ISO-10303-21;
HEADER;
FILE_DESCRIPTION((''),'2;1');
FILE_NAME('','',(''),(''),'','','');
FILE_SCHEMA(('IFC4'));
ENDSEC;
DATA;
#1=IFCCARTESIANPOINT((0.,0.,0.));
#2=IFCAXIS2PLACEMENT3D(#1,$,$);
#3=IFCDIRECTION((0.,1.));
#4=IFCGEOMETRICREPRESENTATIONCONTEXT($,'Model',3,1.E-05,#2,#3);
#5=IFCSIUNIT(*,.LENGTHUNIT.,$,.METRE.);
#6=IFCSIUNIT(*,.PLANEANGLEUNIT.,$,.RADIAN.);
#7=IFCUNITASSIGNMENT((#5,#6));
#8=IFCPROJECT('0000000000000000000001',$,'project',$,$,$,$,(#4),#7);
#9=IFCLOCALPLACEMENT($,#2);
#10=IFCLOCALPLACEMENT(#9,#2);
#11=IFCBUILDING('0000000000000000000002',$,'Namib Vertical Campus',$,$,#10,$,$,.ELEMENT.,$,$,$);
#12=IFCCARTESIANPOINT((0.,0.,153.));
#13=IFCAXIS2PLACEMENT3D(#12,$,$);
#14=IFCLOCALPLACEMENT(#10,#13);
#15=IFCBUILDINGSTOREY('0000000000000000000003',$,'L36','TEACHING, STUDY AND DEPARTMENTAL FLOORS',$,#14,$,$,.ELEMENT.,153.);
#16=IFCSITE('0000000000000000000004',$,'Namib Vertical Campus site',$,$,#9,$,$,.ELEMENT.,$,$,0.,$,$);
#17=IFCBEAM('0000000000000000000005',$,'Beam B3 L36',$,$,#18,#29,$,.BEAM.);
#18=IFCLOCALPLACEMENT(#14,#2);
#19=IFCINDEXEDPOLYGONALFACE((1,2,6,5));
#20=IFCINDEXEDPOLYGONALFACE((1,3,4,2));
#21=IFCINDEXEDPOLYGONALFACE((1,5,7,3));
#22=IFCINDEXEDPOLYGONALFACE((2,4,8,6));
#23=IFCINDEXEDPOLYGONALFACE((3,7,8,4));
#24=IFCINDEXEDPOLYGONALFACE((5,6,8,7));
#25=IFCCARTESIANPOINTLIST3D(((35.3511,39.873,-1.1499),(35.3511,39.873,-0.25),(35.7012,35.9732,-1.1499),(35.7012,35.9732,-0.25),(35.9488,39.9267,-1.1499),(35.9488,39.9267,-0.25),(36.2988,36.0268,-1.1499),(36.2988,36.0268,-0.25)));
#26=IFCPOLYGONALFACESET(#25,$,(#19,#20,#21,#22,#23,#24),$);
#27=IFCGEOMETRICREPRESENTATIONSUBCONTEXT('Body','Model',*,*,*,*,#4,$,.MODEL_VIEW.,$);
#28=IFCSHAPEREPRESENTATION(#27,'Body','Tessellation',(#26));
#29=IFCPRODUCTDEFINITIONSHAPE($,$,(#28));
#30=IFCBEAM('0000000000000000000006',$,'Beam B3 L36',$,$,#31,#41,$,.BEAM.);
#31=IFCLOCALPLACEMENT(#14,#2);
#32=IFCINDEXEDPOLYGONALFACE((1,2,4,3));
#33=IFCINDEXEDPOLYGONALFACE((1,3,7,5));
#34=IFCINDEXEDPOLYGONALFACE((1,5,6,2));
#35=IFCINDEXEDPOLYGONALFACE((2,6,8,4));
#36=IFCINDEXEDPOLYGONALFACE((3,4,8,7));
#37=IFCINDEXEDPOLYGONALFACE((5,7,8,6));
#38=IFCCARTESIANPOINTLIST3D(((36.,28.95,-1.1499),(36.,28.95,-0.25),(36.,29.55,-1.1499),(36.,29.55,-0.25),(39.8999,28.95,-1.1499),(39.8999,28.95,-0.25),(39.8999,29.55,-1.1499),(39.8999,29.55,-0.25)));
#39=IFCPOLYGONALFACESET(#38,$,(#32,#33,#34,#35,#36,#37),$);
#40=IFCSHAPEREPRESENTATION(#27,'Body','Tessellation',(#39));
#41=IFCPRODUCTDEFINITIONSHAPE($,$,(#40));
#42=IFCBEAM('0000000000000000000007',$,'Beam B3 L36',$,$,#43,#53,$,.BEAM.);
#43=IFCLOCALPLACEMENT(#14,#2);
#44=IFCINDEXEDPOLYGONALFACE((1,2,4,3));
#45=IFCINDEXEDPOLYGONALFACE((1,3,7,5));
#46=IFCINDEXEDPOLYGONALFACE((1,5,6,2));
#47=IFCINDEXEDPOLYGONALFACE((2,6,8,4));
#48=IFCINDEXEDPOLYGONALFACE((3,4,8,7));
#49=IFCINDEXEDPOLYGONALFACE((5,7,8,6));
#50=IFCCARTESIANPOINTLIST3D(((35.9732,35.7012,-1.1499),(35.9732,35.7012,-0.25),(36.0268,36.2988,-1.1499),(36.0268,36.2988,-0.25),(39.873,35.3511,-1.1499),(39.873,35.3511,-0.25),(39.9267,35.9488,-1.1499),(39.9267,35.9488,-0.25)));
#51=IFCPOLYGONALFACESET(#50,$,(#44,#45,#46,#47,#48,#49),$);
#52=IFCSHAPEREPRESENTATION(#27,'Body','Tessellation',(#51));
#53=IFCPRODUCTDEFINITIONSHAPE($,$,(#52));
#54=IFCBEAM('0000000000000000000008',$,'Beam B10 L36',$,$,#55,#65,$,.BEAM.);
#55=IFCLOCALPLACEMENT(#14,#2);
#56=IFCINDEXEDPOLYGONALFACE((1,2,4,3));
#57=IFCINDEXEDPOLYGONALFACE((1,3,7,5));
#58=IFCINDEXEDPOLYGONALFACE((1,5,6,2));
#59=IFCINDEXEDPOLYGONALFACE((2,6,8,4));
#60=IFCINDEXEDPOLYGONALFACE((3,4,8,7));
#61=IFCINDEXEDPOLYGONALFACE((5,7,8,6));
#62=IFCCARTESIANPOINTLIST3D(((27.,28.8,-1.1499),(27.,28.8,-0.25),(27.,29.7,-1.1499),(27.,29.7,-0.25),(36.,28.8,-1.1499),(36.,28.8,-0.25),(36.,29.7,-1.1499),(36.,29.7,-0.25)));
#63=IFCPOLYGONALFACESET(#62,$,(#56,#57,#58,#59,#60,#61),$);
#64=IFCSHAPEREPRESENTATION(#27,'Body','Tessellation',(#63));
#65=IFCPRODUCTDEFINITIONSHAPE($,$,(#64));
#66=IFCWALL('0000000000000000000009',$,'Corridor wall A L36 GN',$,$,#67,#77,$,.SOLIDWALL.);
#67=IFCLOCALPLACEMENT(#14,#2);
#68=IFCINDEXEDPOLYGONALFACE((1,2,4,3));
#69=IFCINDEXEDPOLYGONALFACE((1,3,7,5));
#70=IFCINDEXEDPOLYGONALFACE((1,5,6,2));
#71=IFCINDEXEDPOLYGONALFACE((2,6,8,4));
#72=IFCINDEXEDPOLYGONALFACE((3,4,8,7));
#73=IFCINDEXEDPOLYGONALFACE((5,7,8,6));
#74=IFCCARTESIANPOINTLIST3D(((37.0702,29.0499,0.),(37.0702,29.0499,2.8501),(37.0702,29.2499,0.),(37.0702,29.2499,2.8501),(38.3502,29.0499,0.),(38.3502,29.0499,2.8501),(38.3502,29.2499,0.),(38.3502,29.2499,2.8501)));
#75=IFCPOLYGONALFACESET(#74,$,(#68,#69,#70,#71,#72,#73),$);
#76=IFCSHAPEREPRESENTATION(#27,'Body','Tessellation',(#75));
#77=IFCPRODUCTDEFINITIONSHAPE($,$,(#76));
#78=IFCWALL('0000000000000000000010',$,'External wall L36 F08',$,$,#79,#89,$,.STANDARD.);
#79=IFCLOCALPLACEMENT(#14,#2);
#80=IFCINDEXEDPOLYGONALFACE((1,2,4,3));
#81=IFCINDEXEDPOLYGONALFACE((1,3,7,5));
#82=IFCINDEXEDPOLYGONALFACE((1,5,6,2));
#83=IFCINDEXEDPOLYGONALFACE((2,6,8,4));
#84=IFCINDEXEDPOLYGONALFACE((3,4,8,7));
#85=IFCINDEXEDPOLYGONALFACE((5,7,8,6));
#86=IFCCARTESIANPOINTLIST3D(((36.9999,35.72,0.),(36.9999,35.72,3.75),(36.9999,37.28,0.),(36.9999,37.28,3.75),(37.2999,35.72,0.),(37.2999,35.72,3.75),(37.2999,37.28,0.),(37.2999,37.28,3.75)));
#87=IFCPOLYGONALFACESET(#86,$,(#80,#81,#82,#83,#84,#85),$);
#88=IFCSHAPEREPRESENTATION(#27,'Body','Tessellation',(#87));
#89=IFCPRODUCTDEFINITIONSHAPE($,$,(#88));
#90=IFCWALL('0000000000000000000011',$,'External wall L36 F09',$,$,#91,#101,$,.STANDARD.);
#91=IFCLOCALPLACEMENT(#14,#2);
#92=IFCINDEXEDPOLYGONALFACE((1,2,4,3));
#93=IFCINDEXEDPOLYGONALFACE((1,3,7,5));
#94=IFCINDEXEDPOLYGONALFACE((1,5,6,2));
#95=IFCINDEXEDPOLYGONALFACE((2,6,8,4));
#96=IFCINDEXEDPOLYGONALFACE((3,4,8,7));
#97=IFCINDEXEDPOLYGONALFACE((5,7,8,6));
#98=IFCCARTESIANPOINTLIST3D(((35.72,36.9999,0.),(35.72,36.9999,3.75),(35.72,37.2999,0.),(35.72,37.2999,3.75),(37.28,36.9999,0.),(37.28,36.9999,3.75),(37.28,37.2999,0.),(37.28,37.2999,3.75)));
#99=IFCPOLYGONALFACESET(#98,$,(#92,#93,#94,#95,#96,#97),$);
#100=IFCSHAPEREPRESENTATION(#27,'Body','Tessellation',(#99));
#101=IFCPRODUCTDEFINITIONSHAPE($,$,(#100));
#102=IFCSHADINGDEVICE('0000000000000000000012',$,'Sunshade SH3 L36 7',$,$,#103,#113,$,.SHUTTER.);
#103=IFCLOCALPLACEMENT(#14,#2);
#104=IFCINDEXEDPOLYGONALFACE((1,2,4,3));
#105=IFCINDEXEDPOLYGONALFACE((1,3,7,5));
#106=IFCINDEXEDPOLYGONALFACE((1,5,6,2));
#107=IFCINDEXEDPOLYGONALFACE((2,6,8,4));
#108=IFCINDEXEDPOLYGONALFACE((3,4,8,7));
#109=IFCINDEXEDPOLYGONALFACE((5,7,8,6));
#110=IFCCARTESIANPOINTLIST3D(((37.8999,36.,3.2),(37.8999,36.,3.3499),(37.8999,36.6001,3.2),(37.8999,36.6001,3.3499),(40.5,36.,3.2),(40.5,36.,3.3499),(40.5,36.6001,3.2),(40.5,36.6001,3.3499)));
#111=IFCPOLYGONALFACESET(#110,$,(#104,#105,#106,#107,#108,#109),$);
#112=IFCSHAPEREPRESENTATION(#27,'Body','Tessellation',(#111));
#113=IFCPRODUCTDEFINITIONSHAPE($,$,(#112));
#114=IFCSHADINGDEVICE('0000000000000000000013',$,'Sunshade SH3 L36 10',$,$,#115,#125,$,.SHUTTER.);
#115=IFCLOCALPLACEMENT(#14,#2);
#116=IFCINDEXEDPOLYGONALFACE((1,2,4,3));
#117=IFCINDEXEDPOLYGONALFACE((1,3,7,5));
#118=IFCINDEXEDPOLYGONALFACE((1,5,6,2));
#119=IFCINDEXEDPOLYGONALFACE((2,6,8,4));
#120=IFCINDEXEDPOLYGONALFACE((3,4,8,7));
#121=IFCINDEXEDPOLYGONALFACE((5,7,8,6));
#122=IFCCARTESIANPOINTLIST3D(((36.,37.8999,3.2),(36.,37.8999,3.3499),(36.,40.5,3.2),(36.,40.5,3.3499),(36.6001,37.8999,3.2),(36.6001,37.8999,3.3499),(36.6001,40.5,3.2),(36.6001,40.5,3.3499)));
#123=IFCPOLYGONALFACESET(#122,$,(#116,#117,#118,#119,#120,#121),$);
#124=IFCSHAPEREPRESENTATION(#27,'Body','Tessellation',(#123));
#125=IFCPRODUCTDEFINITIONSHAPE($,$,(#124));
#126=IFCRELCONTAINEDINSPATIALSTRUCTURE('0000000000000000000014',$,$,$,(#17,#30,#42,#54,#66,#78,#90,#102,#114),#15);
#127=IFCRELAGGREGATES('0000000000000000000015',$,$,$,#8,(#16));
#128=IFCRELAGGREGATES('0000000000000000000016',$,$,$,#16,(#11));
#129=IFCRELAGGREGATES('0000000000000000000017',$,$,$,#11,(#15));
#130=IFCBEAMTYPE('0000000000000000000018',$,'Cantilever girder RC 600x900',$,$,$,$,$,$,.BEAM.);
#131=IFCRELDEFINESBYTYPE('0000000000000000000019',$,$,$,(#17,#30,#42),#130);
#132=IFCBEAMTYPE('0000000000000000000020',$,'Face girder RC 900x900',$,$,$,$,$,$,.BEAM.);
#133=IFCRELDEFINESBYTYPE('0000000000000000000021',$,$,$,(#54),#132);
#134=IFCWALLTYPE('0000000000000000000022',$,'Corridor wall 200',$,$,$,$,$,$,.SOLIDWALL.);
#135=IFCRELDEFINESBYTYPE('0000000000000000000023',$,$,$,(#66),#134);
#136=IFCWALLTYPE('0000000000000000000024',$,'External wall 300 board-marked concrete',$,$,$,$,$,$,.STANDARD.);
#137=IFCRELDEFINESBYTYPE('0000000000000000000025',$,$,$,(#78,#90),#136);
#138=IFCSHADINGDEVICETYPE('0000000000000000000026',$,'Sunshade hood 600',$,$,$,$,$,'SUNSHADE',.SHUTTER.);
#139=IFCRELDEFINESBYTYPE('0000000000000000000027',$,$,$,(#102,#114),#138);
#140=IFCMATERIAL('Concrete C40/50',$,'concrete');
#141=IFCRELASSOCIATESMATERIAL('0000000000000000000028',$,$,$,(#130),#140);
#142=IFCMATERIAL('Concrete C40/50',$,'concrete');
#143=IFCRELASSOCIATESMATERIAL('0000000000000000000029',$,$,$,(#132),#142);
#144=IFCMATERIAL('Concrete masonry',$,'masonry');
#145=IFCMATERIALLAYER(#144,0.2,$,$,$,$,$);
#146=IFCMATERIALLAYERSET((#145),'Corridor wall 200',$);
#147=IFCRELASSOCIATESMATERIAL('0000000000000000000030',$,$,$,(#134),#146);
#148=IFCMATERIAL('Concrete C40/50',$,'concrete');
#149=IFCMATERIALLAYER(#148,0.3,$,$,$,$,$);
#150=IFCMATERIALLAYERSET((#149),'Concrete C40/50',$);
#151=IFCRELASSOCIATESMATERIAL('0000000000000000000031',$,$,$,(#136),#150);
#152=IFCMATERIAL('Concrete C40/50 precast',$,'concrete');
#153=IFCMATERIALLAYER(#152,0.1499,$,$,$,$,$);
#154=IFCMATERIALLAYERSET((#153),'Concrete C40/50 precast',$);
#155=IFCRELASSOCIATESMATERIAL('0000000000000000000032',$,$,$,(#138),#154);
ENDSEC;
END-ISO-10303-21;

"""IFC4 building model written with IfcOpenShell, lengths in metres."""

from ifc_helpers import new_model, si_unit, direction, frame, frame_2d, origin, origin_2d, place, context, subcontext, project, spatial, rectangle, extrude, material, layer, layer_set, material_profile, profile_set, type_object, element, save


model = new_model("IFC4")

# Units and contexts
model_context = context("Model", 3, precision=1e-05, world=origin(), true_north=direction((0.0, 1.0)))
body_context = subcontext(model_context, "Body", "Model", "MODEL_VIEW")
ifc_project = project(units=[si_unit("LENGTHUNIT", "METRE"), si_unit("PLANEANGLEUNIT", "RADIAN")], contexts=[model_context])

# Site, building, storey
site_placement = place(None, origin())
site = spatial("IfcSite", under=ifc_project, at=site_placement, Name="Namib Vertical Campus site", CompositionType="ELEMENT", RefElevation=0.0)
building_placement = place(site_placement, origin())
building = spatial("IfcBuilding", under=site, at=building_placement, Name="Namib Vertical Campus", CompositionType="ELEMENT")
storey_placement = place(building_placement, frame((0.0, 0.0, 153.0)))
storey = spatial("IfcBuildingStorey", under=building, at=storey_placement, Name="L36", Description="TEACHING, STUDY AND DEPARTMENTAL FLOORS", CompositionType="ELEMENT", Elevation=153.0)

# Beams
ifc_material_1 = material(Name="Concrete C40/50", Category="concrete")
ifc_material_profile_1 = material_profile(ifc_material_1, rectangle(XDim=0.6001, YDim=0.8999, at=origin_2d()))
ifc_profile_set_1 = profile_set([ifc_material_profile_1], Name="Concrete C40/50")
beam_type_1 = type_object("IfcBeamType", Name="Cantilever girder RC 600x900", PredefinedType="BEAM", material=ifc_profile_set_1)
beam_1_placement = place(storey_placement, frame((36.0, 36.0, -0.7), z_axis=(-0.089411, 0.995995, 0.0), x_axis=(-0.995995, -0.089411, 0.0)))
element("IfcBeam", 1, at=beam_1_placement, inside=storey, type_object=beam_type_1, Name="Beam B3 L36", PredefinedType="BEAM", context=body_context, shape_type="SweptSolid", body=[
    extrude(rectangle(XDim=0.6001, YDim=0.8999, at=origin_2d()), origin(), (0.0, 0.0, 1.0), 3.9155),
])
beam_2_placement = place(storey_placement, frame((36.0, 29.25, -0.7), z_axis=(1.0, 0.0, 0.0), x_axis=(0.0, 1.0, 0.0)))
element("IfcBeam", 2, at=beam_2_placement, inside=storey, type_object=beam_type_1, Name="Beam B3 L36", PredefinedType="BEAM", context=body_context, shape_type="SweptSolid", body=[
    extrude(rectangle(XDim=0.6001, YDim=0.8999, at=origin_2d()), origin(), (0.0, 0.0, 1.0), 3.8999),
])
beam_3_placement = place(storey_placement, frame((36.0, 36.0, -0.7), z_axis=(0.995995, -0.089411, 0.0), x_axis=(0.089411, 0.995995, 0.0)))
element("IfcBeam", 3, at=beam_3_placement, inside=storey, type_object=beam_type_1, Name="Beam B3 L36", PredefinedType="BEAM", context=body_context, shape_type="SweptSolid", body=[
    extrude(rectangle(XDim=0.6001, YDim=0.8999, at=origin_2d()), origin(), (0.0, 0.0, 1.0), 3.9155),
])
ifc_material_2 = material(Name="Concrete C40/50", Category="concrete")
ifc_material_profile_2 = material_profile(ifc_material_2, rectangle(XDim=0.8999, YDim=0.8999, at=origin_2d()))
ifc_profile_set_2 = profile_set([ifc_material_profile_2], Name="Concrete C40/50")
beam_type_2 = type_object("IfcBeamType", Name="Face girder RC 900x900", PredefinedType="BEAM", material=ifc_profile_set_2)
beam_4_placement = place(storey_placement, frame((36.0, 29.25, -0.7), z_axis=(-1.0, 0.0, 0.0), x_axis=(0.0, -1.0, 0.0)))
element("IfcBeam", 4, at=beam_4_placement, inside=storey, type_object=beam_type_2, Name="Beam B10 L36", PredefinedType="BEAM", context=body_context, shape_type="SweptSolid", body=[
    extrude(rectangle(XDim=0.8999, YDim=0.8999, at=origin_2d()), origin(), (0.0, 0.0, 1.0), 9.0),
])

# Walls
ifc_material_3 = material(Name="Concrete masonry", Category="masonry")
ifc_layer_1 = layer(ifc_material_3, 0.2)
ifc_layer_set_1 = layer_set([ifc_layer_1], Name="Corridor wall 200")
wall_type_1 = type_object("IfcWallType", Name="Corridor wall 200", PredefinedType="SOLIDWALL", material=ifc_layer_set_1)
wall_placement = place(storey_placement, frame((37.0701, 29.1499, 0.0), z_axis=(0.0, 0.0, 1.0), x_axis=(1.0, 0.0, 0.0)))
element("IfcWall", 5, at=wall_placement, inside=storey, type_object=wall_type_1, Name="Corridor wall A L36 GN", PredefinedType="SOLIDWALL", context=body_context, shape_type="SweptSolid", body=[
    extrude(rectangle(XDim=1.28, YDim=0.2, at=frame_2d((0.6401, 0.0))), origin(), (0.0, 0.0, 1.0), 2.8501),
])
ifc_material_4 = material(Name="Concrete C40/50", Category="concrete")
ifc_layer_2 = layer(ifc_material_4, 0.3)
ifc_layer_set_2 = layer_set([ifc_layer_2], Name="Concrete C40/50")
wall_type_2 = type_object("IfcWallType", Name="External wall 300 board-marked concrete", PredefinedType="STANDARD", material=ifc_layer_set_2)
for number, where, z_axis, x_axis, name in (
    (6, (37.1499, 35.72, 0.0), (0.0, 0.0, 1.0), (0.0, 1.0, 0.0), "External wall L36 F08"),
    (7, (37.28, 37.1499, 0.0), (0.0, 0.0, 1.0), (-1.0, 0.0, 0.0), "External wall L36 F09"),
):
    element("IfcWall", number, at=place(storey_placement, frame(where, z_axis=z_axis, x_axis=x_axis)), inside=storey, type_object=wall_type_2, Name=name, PredefinedType="STANDARD", context=body_context, shape_type="SweptSolid", body=[
        extrude(rectangle(XDim=1.5601, YDim=0.3, at=frame_2d((0.78, 0.0))), origin(), (0.0, 0.0, 1.0), 3.75),
    ])

# Shading devices
ifc_material_5 = material(Name="Concrete C40/50 precast", Category="concrete")
ifc_layer_3 = layer(ifc_material_5, 0.1499)
ifc_layer_set_3 = layer_set([ifc_layer_3], Name="Concrete C40/50 precast")
shading_device_type = type_object("IfcShadingDeviceType", Name="Sunshade hood 600", ElementType="SUNSHADE", PredefinedType="SHUTTER", material=ifc_layer_set_3)
for number, where, z_axis, x_axis, name in (
    (8, (39.2, 36.3, 3.2), (0.0, 0.0, 1.0), (-1.0, 0.0, 0.0), "Sunshade SH3 L36 7"),
    (9, (36.3, 39.2, 3.2), (0.0, 0.0, 1.0), (0.0, 1.0, 0.0), "Sunshade SH3 L36 10"),
):
    element("IfcShadingDevice", number, at=place(storey_placement, frame(where, z_axis=z_axis, x_axis=x_axis)), inside=storey, type_object=shading_device_type, Name=name, PredefinedType="SHUTTER", context=body_context, shape_type="SweptSolid", body=[
        extrude(rectangle(XDim=2.6001, YDim=0.6001, at=origin_2d()), origin(), (0.0, 0.0, 1.0), 0.1499),
    ])

save(model, "model.ifc")
